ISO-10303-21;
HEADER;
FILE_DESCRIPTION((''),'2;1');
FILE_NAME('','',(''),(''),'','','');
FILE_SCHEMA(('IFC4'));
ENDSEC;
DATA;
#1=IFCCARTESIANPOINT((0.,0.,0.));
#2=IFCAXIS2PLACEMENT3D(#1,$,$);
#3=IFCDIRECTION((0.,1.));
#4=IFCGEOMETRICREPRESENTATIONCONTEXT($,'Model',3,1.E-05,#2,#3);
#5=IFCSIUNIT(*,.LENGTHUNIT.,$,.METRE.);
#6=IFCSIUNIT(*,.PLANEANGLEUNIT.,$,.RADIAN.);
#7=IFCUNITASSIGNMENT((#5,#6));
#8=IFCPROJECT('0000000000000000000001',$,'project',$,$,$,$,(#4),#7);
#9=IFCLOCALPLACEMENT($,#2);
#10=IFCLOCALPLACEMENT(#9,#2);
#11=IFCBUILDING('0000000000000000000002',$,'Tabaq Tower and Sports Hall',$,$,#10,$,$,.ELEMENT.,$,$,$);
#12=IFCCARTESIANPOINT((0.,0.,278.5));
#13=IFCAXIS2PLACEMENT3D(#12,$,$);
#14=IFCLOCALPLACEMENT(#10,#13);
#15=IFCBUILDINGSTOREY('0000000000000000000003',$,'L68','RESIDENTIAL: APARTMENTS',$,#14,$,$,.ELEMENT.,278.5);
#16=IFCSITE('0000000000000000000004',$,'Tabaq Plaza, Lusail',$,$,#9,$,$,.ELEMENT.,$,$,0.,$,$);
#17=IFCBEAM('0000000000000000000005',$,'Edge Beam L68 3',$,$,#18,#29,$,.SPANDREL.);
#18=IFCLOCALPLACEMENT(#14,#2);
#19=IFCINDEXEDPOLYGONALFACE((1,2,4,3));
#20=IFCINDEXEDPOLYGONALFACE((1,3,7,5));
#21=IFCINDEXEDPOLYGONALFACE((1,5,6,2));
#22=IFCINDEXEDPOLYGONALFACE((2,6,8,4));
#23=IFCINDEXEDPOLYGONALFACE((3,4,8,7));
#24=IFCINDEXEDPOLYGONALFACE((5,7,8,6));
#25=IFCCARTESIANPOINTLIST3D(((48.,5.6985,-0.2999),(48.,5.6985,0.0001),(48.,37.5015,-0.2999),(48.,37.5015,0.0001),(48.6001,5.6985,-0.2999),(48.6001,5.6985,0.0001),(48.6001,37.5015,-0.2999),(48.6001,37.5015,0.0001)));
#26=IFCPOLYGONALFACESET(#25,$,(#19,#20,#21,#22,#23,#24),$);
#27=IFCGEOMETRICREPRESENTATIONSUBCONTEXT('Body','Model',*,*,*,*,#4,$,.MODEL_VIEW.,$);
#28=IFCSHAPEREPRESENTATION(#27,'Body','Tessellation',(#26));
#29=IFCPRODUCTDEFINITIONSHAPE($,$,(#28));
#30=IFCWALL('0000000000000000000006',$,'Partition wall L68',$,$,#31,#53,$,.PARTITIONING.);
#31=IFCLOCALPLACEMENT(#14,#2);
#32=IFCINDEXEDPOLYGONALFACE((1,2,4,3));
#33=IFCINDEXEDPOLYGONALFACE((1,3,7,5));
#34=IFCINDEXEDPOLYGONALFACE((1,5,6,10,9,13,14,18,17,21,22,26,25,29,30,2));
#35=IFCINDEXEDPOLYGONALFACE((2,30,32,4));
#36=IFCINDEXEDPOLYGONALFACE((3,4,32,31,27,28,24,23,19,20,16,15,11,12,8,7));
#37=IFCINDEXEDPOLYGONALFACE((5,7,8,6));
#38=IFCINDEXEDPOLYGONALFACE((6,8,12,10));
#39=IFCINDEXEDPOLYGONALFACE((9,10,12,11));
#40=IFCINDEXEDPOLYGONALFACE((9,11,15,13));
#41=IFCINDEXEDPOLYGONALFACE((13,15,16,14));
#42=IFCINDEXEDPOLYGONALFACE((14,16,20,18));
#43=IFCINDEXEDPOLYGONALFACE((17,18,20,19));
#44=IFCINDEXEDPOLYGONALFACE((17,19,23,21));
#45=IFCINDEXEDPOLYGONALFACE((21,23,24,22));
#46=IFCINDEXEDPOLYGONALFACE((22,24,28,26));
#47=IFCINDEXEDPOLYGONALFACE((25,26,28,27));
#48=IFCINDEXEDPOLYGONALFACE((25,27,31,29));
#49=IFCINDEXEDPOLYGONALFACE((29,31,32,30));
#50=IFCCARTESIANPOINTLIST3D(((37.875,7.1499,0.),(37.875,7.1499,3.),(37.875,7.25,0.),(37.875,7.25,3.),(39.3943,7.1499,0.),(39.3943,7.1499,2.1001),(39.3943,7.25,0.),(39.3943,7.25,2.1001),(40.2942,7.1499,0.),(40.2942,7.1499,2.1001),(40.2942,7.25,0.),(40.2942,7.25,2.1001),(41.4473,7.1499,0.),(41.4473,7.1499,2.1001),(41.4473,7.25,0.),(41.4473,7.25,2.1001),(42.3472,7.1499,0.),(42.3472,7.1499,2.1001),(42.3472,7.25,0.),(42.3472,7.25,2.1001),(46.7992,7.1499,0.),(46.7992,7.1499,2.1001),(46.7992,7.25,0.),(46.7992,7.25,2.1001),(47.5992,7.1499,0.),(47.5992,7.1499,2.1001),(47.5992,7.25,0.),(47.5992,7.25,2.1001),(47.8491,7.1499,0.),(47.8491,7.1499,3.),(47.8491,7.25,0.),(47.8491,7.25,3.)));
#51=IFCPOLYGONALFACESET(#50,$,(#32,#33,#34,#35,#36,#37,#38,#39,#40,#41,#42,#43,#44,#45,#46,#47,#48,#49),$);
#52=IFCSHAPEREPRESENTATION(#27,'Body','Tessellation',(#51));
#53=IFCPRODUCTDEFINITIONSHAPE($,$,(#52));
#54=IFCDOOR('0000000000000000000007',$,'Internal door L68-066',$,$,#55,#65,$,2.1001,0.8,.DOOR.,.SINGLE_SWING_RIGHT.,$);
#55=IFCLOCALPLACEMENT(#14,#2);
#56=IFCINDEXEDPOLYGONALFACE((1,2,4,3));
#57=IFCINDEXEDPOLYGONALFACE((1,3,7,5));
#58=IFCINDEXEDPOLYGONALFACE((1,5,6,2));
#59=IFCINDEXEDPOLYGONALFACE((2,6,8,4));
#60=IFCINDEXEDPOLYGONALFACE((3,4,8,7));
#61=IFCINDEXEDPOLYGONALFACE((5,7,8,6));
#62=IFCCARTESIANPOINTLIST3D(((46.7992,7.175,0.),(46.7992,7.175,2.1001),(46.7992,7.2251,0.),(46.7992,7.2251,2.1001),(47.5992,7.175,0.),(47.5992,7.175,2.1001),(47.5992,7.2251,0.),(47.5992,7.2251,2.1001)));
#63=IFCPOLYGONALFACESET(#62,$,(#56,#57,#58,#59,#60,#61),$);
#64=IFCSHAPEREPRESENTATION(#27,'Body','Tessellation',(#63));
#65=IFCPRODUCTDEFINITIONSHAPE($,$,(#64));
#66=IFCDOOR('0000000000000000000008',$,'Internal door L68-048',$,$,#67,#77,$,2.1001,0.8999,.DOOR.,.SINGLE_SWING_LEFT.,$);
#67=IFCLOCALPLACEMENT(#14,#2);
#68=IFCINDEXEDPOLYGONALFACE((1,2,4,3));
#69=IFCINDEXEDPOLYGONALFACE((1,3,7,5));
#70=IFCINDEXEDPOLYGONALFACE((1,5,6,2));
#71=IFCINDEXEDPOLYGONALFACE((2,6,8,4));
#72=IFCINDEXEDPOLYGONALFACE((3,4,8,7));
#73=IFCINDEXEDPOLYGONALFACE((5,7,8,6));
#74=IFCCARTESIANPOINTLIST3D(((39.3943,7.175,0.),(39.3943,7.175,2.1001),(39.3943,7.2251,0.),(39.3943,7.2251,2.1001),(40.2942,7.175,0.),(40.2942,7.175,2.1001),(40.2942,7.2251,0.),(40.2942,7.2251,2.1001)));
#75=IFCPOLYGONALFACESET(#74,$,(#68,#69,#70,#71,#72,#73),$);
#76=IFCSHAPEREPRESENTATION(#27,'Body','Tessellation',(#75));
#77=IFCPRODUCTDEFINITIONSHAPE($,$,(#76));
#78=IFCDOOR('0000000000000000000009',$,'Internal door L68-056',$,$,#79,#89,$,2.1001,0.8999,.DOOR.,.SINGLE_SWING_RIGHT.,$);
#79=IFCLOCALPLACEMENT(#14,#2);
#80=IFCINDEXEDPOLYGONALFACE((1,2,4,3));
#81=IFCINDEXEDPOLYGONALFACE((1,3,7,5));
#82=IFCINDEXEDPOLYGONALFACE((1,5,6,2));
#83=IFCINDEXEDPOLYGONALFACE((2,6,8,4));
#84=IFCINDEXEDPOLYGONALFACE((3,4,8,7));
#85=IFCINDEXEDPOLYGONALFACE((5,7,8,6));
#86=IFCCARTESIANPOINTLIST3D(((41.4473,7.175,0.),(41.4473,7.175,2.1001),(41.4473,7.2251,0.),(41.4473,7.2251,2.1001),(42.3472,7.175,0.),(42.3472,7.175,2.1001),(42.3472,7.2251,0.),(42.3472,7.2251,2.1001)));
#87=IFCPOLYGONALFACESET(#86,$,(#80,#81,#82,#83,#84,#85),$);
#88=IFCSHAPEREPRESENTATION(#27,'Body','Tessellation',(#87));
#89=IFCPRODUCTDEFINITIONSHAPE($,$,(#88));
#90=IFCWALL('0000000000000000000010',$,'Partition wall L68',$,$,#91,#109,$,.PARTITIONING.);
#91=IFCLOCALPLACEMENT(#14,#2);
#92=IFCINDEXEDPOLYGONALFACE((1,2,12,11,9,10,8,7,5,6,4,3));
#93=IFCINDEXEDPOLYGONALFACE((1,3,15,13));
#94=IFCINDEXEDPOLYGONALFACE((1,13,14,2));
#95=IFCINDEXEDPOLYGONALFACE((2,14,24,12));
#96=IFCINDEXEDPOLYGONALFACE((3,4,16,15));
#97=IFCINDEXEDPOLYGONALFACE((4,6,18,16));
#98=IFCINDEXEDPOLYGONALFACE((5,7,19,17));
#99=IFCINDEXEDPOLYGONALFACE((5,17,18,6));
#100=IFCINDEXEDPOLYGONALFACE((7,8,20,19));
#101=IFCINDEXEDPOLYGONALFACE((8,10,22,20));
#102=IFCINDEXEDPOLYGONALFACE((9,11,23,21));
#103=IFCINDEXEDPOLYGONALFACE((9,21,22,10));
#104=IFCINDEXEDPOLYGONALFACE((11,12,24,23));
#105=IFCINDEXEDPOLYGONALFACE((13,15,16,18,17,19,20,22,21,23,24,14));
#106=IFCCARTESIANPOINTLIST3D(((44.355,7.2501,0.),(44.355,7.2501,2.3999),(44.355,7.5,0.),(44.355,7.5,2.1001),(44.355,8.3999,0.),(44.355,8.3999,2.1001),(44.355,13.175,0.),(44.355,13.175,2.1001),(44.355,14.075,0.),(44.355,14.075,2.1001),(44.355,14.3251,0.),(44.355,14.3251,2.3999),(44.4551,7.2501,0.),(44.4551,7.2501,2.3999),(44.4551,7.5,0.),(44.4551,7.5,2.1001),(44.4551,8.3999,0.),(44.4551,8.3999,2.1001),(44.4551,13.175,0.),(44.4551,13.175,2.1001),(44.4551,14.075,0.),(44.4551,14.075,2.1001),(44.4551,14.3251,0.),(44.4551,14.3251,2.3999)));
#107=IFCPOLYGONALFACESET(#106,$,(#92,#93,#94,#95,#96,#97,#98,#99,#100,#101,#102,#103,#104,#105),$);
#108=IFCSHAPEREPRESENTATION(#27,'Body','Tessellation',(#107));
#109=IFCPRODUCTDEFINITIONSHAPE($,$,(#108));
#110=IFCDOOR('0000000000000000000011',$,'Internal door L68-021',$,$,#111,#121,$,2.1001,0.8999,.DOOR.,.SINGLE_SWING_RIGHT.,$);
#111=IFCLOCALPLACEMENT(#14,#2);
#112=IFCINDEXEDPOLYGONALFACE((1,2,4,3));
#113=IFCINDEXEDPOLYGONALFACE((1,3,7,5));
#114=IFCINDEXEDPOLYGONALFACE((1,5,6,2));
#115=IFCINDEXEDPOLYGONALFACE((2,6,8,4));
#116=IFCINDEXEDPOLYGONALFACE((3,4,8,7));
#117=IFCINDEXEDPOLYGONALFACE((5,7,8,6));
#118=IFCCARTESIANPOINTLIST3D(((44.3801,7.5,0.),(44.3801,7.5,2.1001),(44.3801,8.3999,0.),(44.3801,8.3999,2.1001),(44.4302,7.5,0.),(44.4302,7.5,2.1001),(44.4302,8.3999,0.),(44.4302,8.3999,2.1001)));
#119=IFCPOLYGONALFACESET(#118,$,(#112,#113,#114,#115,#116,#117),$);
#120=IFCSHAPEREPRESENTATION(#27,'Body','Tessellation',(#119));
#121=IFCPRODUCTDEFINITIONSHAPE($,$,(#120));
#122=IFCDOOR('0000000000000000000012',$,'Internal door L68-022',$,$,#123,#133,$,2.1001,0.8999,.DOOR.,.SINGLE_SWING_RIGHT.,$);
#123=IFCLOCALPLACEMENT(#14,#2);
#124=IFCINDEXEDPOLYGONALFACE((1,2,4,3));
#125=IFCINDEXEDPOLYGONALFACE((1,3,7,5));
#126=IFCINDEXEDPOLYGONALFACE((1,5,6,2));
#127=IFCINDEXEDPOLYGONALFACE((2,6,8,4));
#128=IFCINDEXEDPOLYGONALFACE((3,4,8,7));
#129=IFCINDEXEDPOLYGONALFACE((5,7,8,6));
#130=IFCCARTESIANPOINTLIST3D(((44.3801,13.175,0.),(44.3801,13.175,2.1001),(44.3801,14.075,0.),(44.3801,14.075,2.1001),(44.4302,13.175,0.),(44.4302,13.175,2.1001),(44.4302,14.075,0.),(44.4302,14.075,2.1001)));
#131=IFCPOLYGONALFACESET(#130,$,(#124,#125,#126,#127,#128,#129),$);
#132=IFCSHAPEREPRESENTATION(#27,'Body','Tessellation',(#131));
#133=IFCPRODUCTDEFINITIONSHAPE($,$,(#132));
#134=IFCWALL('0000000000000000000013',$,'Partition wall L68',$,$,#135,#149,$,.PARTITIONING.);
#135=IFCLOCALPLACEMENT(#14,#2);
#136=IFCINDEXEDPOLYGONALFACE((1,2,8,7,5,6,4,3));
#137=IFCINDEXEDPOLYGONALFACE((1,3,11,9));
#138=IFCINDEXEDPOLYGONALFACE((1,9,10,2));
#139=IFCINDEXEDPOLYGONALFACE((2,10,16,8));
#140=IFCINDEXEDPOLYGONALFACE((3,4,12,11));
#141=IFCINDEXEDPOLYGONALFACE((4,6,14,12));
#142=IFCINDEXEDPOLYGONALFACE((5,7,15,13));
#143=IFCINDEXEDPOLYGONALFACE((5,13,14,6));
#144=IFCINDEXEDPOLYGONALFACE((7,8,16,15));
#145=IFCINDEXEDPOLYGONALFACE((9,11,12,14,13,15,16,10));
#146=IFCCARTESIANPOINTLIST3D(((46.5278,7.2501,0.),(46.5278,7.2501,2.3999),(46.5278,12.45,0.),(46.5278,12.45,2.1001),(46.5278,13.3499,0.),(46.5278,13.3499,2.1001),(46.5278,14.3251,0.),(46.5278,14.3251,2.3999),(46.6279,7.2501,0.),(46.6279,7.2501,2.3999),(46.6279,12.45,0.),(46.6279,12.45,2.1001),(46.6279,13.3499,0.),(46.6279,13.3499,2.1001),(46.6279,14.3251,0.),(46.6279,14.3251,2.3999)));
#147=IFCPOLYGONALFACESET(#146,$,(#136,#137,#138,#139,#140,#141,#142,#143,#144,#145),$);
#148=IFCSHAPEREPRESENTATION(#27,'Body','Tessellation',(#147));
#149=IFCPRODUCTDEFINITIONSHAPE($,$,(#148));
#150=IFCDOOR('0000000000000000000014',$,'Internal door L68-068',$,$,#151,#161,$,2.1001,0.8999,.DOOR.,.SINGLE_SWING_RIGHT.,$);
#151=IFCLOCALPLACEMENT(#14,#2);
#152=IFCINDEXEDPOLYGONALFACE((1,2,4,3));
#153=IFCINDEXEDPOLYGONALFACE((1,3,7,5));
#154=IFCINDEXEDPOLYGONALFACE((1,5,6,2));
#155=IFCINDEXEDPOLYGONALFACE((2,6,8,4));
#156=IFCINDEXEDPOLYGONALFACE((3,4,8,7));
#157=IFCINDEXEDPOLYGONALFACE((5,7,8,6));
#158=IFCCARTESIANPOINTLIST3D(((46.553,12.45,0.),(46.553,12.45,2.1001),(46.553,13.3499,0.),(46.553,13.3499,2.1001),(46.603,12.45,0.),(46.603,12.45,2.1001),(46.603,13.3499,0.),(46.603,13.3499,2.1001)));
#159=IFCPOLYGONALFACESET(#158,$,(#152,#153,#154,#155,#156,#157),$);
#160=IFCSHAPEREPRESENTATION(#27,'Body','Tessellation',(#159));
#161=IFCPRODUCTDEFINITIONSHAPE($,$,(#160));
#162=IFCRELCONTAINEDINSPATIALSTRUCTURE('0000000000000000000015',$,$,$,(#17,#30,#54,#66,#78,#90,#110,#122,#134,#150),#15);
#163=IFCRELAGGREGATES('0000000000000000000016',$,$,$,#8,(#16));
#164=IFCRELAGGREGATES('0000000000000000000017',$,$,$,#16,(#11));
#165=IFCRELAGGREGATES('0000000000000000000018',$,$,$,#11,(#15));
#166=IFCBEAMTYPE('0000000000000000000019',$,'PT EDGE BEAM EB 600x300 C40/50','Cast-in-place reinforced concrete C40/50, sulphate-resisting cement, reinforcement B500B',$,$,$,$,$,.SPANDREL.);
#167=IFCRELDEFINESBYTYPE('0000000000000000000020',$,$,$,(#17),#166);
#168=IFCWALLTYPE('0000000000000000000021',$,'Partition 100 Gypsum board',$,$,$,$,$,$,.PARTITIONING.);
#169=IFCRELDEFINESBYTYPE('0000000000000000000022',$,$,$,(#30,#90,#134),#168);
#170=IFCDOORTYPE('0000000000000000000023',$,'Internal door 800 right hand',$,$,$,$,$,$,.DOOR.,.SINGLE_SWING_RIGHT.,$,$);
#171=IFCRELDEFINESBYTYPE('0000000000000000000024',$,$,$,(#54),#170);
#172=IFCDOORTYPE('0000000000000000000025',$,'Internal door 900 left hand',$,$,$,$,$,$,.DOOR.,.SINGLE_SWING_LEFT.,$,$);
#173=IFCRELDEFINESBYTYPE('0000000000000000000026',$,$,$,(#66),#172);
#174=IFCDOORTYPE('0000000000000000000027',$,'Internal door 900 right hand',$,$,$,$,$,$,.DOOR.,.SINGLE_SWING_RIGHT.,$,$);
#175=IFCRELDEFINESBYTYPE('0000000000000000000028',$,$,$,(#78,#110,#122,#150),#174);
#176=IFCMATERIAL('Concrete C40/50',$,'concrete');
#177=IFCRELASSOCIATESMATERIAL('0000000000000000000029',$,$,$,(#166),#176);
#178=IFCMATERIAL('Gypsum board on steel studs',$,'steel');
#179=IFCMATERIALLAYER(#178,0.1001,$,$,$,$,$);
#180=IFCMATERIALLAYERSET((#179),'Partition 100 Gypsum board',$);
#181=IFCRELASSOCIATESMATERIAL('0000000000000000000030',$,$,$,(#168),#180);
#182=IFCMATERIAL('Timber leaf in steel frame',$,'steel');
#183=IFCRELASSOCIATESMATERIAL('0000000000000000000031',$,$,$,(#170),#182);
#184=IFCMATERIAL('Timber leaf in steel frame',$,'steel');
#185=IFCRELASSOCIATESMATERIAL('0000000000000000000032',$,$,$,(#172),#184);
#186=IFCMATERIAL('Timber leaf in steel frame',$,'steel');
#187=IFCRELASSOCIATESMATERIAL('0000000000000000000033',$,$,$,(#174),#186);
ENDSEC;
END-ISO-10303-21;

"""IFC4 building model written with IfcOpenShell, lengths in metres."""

from ifc_helpers import new_model, si_unit, direction, frame, frame_2d, origin, origin_2d, place, context, subcontext, project, spatial, rectangle, extrude, material, layer, layer_set, material_profile, profile_set, type_object, element, fill, save


model = new_model("IFC4")

# Units and contexts
model_context = context("Model", 3, precision=1e-05, world=origin(), true_north=direction((0.0, 1.0)))
body_context = subcontext(model_context, "Body", "Model", "MODEL_VIEW")
ifc_project = project(units=[si_unit("LENGTHUNIT", "METRE"), si_unit("PLANEANGLEUNIT", "RADIAN")], contexts=[model_context])

# Site, building, storey
site_placement = place(None, origin())
site = spatial("IfcSite", under=ifc_project, at=site_placement, Name="Tabaq Plaza, Lusail", CompositionType="ELEMENT", RefElevation=0.0)
building_placement = place(site_placement, origin())
building = spatial("IfcBuilding", under=site, at=building_placement, Name="Tabaq Tower and Sports Hall", CompositionType="ELEMENT")
storey_placement = place(building_placement, frame((0.0, 0.0, 278.5)))
storey = spatial("IfcBuildingStorey", under=building, at=storey_placement, Name="L68", Description="RESIDENTIAL: APARTMENTS", CompositionType="ELEMENT", Elevation=278.5)

# Beam
ifc_material_1 = material(Name="Concrete C40/50", Category="concrete")
ifc_material_profile = material_profile(ifc_material_1, rectangle(XDim=0.6001, YDim=0.3, at=origin_2d()), Name="EB 600x300")
ifc_profile_set = profile_set([ifc_material_profile], Name="Concrete C40/50")
beam_type = type_object("IfcBeamType", Name="PT EDGE BEAM EB 600x300 C40/50", Description="Cast-in-place reinforced concrete C40/50, sulphate-resisting cement, reinforcement B500B", PredefinedType="SPANDREL", material=ifc_profile_set)
beam_placement = place(storey_placement, frame((48.3, 5.6985, -0.1499), z_axis=(0.0, 1.0, 0.0), x_axis=(-1.0, 0.0, 0.0)))
element("IfcBeam", 1, at=beam_placement, inside=storey, type_object=beam_type, Name="Edge Beam L68 3", PredefinedType="SPANDREL", context=body_context, shape_type="SweptSolid", body=[
    extrude(rectangle(XDim=0.6001, YDim=0.3, at=origin_2d()), origin(), (0.0, 0.0, 1.0), 31.803),
])

# Walls, openings, doors
ifc_material_2 = material(Name="Gypsum board on steel studs", Category="steel")
ifc_layer_1 = layer(ifc_material_2, 0.1001)
ifc_layer_set_1 = layer_set([ifc_layer_1], Name="Partition 100 Gypsum board")
wall_type = type_object("IfcWallType", Name="Partition 100 Gypsum board", PredefinedType="PARTITIONING", material=ifc_layer_set_1)
wall_1_placement = place(storey_placement, frame((47.8491, 7.2, 0.0), z_axis=(0.0, 0.0, 1.0), x_axis=(-1.0, 0.0, 0.0)))
wall_1 = element("IfcWall", 2, at=wall_1_placement, inside=storey, type_object=wall_type, Name="Partition wall L68", PredefinedType="PARTITIONING", context=body_context, shape_type="SweptSolid", body=[
    extrude(rectangle(XDim=9.9741, YDim=0.1001, at=frame_2d((4.9871, 0.0))), origin(), (0.0, 0.0, 1.0), 3.0),
])
opening_1_placement = place(wall_1_placement, frame((7.5549, 0.0, 0.0)))
opening_1 = element("IfcOpeningElement", 3, at=opening_1_placement, cuts=wall_1, PredefinedType="OPENING", context=body_context, shape_type="SweptSolid", body=[
    extrude(rectangle(XDim=0.8999, YDim=2.1001, at=frame_2d((0.45, 1.05))), frame((0.0, 0.05, 0.0), z_axis=(0.0, -1.0, 0.0), x_axis=(1.0, 0.0, 0.0)), (0.0, 0.0, 1.0), 0.1001),
])
opening_2_placement = place(wall_1_placement, frame((5.502, 0.0, 0.0)))
opening_2 = element("IfcOpeningElement", 4, at=opening_2_placement, cuts=wall_1, PredefinedType="OPENING", context=body_context, shape_type="SweptSolid", body=[
    extrude(rectangle(XDim=0.8999, YDim=2.1001, at=frame_2d((0.45, 1.05))), frame((0.0, 0.05, 0.0), z_axis=(0.0, -1.0, 0.0), x_axis=(1.0, 0.0, 0.0)), (0.0, 0.0, 1.0), 0.1001),
])
opening_3_placement = place(wall_1_placement, frame((0.25, 0.0, 0.0)))
opening_3 = element("IfcOpeningElement", 5, at=opening_3_placement, cuts=wall_1, PredefinedType="OPENING", context=body_context, shape_type="SweptSolid", body=[
    extrude(rectangle(XDim=0.8, YDim=2.1001, at=frame_2d((0.3999, 1.05))), frame((0.0, 0.05, 0.0), z_axis=(0.0, -1.0, 0.0), x_axis=(1.0, 0.0, 0.0)), (0.0, 0.0, 1.0), 0.1001),
])
ifc_material_3 = material(Name="Timber leaf in steel frame", Category="steel")
door_type_1 = type_object("IfcDoorType", Name="Internal door 800 right hand", OperationType="SINGLE_SWING_RIGHT", PredefinedType="DOOR", material=ifc_material_3)
door_1_placement = place(opening_3_placement, origin())
door_1 = element("IfcDoor", 6, at=door_1_placement, inside=storey, type_object=door_type_1, Name="Internal door L68-066", OperationType="SINGLE_SWING_RIGHT", OverallHeight=2.1001, OverallWidth=0.8, PredefinedType="DOOR", context=body_context, shape_type="SweptSolid", body=[
    extrude(rectangle(XDim=0.8, YDim=2.1001, at=frame_2d((0.3999, 1.05))), frame((0.0, 0.0249, 0.0), z_axis=(0.0, -1.0, 0.0), x_axis=(1.0, 0.0, 0.0)), (0.0, 0.0, 1.0), 0.05),
])
fill(opening_3, door_1)
ifc_material_4 = material(Name="Timber leaf in steel frame", Category="steel")
door_type_2 = type_object("IfcDoorType", Name="Internal door 900 left hand", OperationType="SINGLE_SWING_LEFT", PredefinedType="DOOR", material=ifc_material_4)
door_2_placement = place(opening_1_placement, origin())
door_2 = element("IfcDoor", 7, at=door_2_placement, inside=storey, type_object=door_type_2, Name="Internal door L68-048", OperationType="SINGLE_SWING_LEFT", OverallHeight=2.1001, OverallWidth=0.8999, PredefinedType="DOOR", context=body_context, shape_type="SweptSolid", body=[
    extrude(rectangle(XDim=0.8999, YDim=2.1001, at=frame_2d((0.45, 1.05))), frame((0.0, 0.0249, 0.0), z_axis=(0.0, -1.0, 0.0), x_axis=(1.0, 0.0, 0.0)), (0.0, 0.0, 1.0), 0.05),
])
fill(opening_1, door_2)
ifc_material_5 = material(Name="Timber leaf in steel frame", Category="steel")
door_type_3 = type_object("IfcDoorType", Name="Internal door 900 right hand", OperationType="SINGLE_SWING_RIGHT", PredefinedType="DOOR", material=ifc_material_5)
door_3_placement = place(opening_2_placement, origin())
door_3 = element("IfcDoor", 8, at=door_3_placement, inside=storey, type_object=door_type_3, Name="Internal door L68-056", OperationType="SINGLE_SWING_RIGHT", OverallHeight=2.1001, OverallWidth=0.8999, PredefinedType="DOOR", context=body_context, shape_type="SweptSolid", body=[
    extrude(rectangle(XDim=0.8999, YDim=2.1001, at=frame_2d((0.45, 1.05))), frame((0.0, 0.0249, 0.0), z_axis=(0.0, -1.0, 0.0), x_axis=(1.0, 0.0, 0.0)), (0.0, 0.0, 1.0), 0.05),
])
fill(opening_2, door_3)
wall_2_placement = place(storey_placement, frame((44.405, 7.25, 0.0), z_axis=(0.0, 0.0, 1.0), x_axis=(0.0, 1.0, 0.0)))
wall_2 = element("IfcWall", 9, at=wall_2_placement, inside=storey, type_object=wall_type, Name="Partition wall L68", PredefinedType="PARTITIONING", context=body_context, shape_type="SweptSolid", body=[
    extrude(rectangle(XDim=7.075, YDim=0.1001, at=frame_2d((3.5376, 0.0))), origin(), (0.0, 0.0, 1.0), 2.3999),
])
opening_4_placement = place(wall_2_placement, frame((0.25, 0.0, 0.0)))
opening_4 = element("IfcOpeningElement", 10, at=opening_4_placement, cuts=wall_2, PredefinedType="OPENING", context=body_context, shape_type="SweptSolid", body=[
    extrude(rectangle(XDim=0.8999, YDim=2.1001, at=frame_2d((0.45, 1.05))), frame((0.0, 0.05, 0.0), z_axis=(0.0, -1.0, 0.0), x_axis=(1.0, 0.0, 0.0)), (0.0, 0.0, 1.0), 0.1001),
])
opening_5_placement = place(wall_2_placement, frame((5.925, 0.0, 0.0)))
opening_5 = element("IfcOpeningElement", 11, at=opening_5_placement, cuts=wall_2, PredefinedType="OPENING", context=body_context, shape_type="SweptSolid", body=[
    extrude(rectangle(XDim=0.8999, YDim=2.1001, at=frame_2d((0.45, 1.05))), frame((0.0, 0.05, 0.0), z_axis=(0.0, -1.0, 0.0), x_axis=(1.0, 0.0, 0.0)), (0.0, 0.0, 1.0), 0.1001),
])
door_4_placement = place(opening_4_placement, origin())
door_4 = element("IfcDoor", 12, at=door_4_placement, inside=storey, type_object=door_type_3, Name="Internal door L68-021", OperationType="SINGLE_SWING_RIGHT", OverallHeight=2.1001, OverallWidth=0.8999, PredefinedType="DOOR", context=body_context, shape_type="SweptSolid", body=[
    extrude(rectangle(XDim=0.8999, YDim=2.1001, at=frame_2d((0.45, 1.05))), frame((0.0, 0.0249, 0.0), z_axis=(0.0, -1.0, 0.0), x_axis=(1.0, 0.0, 0.0)), (0.0, 0.0, 1.0), 0.05),
])
fill(opening_4, door_4)
door_5_placement = place(opening_5_placement, origin())
door_5 = element("IfcDoor", 13, at=door_5_placement, inside=storey, type_object=door_type_3, Name="Internal door L68-022", OperationType="SINGLE_SWING_RIGHT", OverallHeight=2.1001, OverallWidth=0.8999, PredefinedType="DOOR", context=body_context, shape_type="SweptSolid", body=[
    extrude(rectangle(XDim=0.8999, YDim=2.1001, at=frame_2d((0.45, 1.05))), frame((0.0, 0.0249, 0.0), z_axis=(0.0, -1.0, 0.0), x_axis=(1.0, 0.0, 0.0)), (0.0, 0.0, 1.0), 0.05),
])
fill(opening_5, door_5)

# Wall, opening, door
wall_3_placement = place(storey_placement, frame((46.5779, 7.25, 0.0), z_axis=(0.0, 0.0, 1.0), x_axis=(0.0, 1.0, 0.0)))
wall_3 = element("IfcWall", 14, at=wall_3_placement, inside=storey, type_object=wall_type, Name="Partition wall L68", PredefinedType="PARTITIONING", context=body_context, shape_type="SweptSolid", body=[
    extrude(rectangle(XDim=7.075, YDim=0.1001, at=frame_2d((3.5376, 0.0))), origin(), (0.0, 0.0, 1.0), 2.3999),
])
opening_6_placement = place(wall_3_placement, frame((5.2, 0.0, 0.0)))
opening_6 = element("IfcOpeningElement", 15, at=opening_6_placement, cuts=wall_3, PredefinedType="OPENING", context=body_context, shape_type="SweptSolid", body=[
    extrude(rectangle(XDim=0.8999, YDim=2.1001, at=frame_2d((0.45, 1.05))), frame((0.0, 0.05, 0.0), z_axis=(0.0, -1.0, 0.0), x_axis=(1.0, 0.0, 0.0)), (0.0, 0.0, 1.0), 0.1001),
])
door_6_placement = place(opening_6_placement, origin())
door_6 = element("IfcDoor", 16, at=door_6_placement, inside=storey, type_object=door_type_3, Name="Internal door L68-068", OperationType="SINGLE_SWING_RIGHT", OverallHeight=2.1001, OverallWidth=0.8999, PredefinedType="DOOR", context=body_context, shape_type="SweptSolid", body=[
    extrude(rectangle(XDim=0.8999, YDim=2.1001, at=frame_2d((0.45, 1.05))), frame((0.0, 0.0249, 0.0), z_axis=(0.0, -1.0, 0.0), x_axis=(1.0, 0.0, 0.0)), (0.0, 0.0, 1.0), 0.05),
])
fill(opening_6, door_6)

save(model, "model.ifc")
